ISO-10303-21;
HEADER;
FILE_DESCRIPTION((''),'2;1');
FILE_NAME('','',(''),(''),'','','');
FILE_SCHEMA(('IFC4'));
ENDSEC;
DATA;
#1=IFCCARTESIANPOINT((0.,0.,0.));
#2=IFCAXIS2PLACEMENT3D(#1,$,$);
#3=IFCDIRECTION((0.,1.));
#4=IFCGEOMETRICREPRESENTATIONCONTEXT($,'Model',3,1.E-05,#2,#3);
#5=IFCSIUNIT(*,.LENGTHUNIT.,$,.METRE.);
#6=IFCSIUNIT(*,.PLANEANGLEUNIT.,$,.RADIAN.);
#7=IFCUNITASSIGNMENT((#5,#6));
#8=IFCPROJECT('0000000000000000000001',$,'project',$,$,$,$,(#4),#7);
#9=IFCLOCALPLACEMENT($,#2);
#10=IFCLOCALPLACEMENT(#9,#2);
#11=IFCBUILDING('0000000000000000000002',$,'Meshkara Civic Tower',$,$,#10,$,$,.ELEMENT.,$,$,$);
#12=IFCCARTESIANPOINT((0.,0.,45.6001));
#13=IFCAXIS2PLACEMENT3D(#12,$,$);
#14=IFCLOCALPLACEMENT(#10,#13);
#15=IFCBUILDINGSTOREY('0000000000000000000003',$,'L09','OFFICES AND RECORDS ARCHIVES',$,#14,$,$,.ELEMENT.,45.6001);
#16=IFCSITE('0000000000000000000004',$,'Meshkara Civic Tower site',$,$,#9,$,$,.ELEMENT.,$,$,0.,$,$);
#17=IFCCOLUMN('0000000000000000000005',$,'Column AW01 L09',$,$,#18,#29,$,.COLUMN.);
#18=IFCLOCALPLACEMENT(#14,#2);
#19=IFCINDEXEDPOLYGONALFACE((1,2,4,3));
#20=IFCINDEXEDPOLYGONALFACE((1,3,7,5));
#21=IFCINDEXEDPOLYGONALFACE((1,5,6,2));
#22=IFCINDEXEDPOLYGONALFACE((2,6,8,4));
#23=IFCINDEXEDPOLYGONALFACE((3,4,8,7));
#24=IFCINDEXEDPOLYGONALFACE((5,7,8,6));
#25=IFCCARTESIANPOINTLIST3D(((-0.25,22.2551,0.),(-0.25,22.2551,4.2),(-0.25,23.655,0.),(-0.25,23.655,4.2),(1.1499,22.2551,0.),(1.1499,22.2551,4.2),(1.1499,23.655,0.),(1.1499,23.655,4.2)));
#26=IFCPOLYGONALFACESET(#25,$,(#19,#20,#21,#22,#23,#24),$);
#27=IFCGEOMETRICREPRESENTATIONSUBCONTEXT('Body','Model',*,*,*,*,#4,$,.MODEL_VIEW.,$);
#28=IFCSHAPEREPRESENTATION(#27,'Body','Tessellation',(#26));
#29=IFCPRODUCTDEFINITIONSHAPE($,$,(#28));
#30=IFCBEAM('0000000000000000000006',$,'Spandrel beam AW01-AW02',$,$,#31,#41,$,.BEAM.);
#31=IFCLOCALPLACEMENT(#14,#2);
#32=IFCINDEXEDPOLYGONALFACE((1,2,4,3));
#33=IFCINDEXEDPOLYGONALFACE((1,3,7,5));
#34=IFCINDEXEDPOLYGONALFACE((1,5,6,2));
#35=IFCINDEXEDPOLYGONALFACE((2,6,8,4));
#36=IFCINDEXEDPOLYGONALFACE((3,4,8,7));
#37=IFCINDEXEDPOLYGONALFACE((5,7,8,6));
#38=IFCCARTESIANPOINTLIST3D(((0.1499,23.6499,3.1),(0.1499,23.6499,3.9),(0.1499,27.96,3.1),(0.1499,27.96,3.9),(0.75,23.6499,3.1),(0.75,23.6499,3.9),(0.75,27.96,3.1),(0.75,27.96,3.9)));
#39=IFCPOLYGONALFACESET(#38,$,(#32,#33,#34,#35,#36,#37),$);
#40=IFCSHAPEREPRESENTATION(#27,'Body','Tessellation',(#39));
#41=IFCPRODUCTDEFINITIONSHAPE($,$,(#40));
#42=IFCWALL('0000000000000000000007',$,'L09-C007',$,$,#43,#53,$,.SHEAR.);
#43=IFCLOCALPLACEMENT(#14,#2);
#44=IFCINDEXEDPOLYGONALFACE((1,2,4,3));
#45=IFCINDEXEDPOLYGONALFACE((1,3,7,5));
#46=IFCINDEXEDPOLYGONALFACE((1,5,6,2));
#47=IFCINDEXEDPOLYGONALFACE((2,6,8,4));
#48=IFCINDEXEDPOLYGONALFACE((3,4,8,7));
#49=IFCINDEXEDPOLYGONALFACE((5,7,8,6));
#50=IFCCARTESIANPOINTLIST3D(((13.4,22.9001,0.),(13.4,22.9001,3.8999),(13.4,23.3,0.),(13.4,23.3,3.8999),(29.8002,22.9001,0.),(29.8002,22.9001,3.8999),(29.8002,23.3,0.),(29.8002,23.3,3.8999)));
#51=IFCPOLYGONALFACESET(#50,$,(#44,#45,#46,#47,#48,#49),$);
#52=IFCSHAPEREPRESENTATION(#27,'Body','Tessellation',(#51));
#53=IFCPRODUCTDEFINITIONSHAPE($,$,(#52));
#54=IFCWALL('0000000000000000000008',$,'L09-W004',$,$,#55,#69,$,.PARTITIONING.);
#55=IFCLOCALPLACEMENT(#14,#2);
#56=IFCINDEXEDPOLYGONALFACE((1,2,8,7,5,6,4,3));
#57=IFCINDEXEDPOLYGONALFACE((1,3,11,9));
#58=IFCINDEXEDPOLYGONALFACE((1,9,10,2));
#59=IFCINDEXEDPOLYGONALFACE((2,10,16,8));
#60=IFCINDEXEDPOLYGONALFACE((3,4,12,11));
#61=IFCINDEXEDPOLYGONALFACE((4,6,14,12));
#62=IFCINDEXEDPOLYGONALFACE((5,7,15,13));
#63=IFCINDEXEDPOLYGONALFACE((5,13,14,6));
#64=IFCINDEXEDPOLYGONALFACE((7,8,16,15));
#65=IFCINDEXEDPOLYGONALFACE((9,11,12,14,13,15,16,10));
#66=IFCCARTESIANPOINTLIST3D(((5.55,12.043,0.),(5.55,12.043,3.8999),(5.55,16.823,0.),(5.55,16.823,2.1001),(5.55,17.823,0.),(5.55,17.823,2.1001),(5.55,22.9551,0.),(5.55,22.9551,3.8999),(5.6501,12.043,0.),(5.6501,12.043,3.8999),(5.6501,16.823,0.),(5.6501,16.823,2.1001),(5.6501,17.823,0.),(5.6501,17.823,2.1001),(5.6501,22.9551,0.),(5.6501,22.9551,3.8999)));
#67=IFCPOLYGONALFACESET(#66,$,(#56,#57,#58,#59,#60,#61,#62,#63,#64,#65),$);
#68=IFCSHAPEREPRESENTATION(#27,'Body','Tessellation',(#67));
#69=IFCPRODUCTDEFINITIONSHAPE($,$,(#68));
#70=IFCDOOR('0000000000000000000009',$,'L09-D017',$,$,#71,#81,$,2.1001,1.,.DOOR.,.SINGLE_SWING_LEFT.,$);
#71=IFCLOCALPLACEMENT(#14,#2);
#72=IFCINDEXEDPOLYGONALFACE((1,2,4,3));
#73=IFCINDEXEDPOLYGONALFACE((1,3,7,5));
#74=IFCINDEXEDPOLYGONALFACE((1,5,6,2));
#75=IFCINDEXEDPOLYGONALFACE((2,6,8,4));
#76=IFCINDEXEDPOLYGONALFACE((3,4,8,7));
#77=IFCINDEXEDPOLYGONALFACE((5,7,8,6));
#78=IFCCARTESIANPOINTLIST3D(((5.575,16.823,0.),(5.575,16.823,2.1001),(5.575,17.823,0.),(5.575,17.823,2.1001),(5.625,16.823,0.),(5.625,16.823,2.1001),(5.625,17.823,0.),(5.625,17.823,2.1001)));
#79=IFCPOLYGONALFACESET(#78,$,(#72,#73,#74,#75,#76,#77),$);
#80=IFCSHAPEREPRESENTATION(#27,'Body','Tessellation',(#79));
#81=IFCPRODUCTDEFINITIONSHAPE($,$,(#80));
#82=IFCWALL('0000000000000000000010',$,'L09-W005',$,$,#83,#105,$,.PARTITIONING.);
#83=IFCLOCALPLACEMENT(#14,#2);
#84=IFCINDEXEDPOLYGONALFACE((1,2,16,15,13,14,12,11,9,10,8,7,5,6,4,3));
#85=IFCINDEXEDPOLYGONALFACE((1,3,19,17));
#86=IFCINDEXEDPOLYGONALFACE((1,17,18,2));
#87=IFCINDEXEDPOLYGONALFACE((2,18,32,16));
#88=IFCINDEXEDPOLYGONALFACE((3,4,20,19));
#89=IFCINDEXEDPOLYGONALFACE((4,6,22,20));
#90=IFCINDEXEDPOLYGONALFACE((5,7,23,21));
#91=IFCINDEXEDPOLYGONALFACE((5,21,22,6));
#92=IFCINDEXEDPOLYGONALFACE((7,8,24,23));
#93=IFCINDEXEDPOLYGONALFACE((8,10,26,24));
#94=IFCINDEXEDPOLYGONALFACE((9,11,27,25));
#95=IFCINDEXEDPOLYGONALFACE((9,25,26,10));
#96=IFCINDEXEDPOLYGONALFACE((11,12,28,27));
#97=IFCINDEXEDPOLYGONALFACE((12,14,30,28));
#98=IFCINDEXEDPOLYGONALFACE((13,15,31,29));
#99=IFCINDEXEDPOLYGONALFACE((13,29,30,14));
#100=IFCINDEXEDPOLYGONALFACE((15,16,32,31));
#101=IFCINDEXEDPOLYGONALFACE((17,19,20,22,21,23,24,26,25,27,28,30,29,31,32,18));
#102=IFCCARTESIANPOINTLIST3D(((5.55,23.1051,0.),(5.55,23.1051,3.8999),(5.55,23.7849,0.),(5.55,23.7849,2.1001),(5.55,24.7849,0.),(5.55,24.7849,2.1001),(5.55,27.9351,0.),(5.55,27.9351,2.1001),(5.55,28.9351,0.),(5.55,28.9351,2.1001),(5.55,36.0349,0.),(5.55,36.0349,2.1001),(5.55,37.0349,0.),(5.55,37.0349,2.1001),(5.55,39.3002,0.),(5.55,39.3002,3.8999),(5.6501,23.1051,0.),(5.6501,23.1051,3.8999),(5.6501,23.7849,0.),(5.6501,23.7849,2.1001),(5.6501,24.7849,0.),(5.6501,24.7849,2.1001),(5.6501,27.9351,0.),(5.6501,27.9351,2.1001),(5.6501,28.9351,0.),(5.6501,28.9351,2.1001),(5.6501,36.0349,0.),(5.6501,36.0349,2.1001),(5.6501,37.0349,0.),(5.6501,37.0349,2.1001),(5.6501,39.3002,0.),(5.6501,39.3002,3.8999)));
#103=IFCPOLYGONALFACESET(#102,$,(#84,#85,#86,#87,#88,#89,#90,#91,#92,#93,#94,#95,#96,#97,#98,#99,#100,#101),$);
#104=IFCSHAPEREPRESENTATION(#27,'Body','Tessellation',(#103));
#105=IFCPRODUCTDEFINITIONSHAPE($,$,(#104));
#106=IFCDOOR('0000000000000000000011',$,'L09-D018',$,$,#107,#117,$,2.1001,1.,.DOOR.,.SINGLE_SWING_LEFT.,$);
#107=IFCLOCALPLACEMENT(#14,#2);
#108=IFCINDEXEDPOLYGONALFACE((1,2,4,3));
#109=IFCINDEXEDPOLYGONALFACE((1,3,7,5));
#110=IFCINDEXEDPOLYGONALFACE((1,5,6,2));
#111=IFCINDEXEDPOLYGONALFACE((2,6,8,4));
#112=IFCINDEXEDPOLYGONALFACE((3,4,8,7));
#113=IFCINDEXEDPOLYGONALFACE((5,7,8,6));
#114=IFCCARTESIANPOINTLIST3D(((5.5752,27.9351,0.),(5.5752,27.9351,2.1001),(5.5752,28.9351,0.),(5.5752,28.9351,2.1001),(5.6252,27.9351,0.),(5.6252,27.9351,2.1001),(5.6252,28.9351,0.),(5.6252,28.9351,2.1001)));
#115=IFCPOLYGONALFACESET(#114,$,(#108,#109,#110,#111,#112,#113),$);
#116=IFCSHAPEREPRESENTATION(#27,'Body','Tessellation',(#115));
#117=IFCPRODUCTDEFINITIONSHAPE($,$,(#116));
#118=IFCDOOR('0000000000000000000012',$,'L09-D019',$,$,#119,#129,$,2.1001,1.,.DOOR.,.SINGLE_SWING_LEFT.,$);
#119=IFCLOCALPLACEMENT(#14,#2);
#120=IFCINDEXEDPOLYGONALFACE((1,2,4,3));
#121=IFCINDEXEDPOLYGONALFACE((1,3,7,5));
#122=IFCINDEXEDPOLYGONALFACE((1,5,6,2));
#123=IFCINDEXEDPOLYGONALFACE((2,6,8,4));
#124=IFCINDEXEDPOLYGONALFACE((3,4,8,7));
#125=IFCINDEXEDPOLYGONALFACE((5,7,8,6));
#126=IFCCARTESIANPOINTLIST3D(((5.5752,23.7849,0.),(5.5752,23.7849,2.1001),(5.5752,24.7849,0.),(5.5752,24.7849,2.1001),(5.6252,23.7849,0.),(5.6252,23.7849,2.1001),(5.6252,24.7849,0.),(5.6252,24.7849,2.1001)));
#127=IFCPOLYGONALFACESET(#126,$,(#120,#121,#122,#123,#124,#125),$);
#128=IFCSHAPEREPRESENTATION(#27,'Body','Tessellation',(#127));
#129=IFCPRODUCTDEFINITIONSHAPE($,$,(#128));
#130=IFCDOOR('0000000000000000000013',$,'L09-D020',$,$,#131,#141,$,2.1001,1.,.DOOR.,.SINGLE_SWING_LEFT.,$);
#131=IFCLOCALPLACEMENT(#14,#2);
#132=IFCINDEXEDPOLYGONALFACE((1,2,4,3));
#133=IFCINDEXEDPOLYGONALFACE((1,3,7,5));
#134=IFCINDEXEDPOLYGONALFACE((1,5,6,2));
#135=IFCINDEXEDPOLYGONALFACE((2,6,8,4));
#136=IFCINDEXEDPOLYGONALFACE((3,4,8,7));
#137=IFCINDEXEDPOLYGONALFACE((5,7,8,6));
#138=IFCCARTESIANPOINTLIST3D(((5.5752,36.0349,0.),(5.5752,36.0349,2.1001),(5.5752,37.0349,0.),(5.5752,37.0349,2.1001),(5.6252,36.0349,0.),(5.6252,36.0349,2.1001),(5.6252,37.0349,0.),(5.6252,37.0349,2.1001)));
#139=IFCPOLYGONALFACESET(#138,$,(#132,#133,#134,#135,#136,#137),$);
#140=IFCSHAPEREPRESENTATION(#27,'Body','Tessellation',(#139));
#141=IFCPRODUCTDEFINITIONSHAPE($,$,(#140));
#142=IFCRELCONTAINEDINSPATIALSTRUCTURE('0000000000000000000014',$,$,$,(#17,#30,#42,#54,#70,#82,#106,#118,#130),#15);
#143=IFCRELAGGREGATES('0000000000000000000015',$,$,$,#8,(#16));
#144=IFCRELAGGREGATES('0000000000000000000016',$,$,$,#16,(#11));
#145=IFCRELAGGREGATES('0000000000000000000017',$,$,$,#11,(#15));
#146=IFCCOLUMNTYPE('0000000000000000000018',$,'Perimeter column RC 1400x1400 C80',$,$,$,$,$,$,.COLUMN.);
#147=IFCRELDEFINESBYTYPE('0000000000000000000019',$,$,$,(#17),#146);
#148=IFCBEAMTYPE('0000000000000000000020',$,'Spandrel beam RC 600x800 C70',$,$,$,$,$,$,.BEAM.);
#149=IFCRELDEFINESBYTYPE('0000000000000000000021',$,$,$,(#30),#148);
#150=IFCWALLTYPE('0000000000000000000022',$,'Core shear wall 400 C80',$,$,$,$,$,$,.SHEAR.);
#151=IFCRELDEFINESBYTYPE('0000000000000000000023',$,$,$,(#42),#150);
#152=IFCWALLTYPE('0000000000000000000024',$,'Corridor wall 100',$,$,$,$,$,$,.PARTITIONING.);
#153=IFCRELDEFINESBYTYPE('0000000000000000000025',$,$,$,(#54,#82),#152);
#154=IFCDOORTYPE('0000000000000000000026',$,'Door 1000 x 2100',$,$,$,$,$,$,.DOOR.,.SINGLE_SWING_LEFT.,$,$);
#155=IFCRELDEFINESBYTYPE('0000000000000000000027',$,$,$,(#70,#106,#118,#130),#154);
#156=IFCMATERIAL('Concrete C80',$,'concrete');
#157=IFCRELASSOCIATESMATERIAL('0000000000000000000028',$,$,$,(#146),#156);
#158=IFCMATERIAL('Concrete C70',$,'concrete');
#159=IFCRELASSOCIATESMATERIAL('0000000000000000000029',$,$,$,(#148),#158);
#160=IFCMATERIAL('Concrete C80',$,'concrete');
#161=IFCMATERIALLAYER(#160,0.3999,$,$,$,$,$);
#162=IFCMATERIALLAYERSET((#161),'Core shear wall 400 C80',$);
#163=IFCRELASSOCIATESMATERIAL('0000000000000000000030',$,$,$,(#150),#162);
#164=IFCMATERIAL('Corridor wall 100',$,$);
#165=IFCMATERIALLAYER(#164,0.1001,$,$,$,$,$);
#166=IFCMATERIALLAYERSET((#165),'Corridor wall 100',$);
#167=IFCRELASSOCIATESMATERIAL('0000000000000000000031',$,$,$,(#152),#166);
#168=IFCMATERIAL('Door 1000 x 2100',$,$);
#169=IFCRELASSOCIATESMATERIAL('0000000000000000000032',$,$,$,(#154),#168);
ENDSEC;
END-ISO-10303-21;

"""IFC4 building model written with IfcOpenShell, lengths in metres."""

from ifc_helpers import new_model, si_unit, direction, frame, frame_2d, origin, origin_2d, place, context, subcontext, project, spatial, rectangle, extrude, material, layer, layer_set, material_profile, profile_set, type_object, element, fill, save


model = new_model("IFC4")

# Units and contexts
model_context = context("Model", 3, precision=1e-05, world=origin(), true_north=direction((0.0, 1.0)))
body_context = subcontext(model_context, "Body", "Model", "MODEL_VIEW")
ifc_project = project(units=[si_unit("LENGTHUNIT", "METRE"), si_unit("PLANEANGLEUNIT", "RADIAN")], contexts=[model_context])

# Site, building, storey
site_placement = place(None, origin())
site = spatial("IfcSite", under=ifc_project, at=site_placement, Name="Meshkara Civic Tower site", CompositionType="ELEMENT", RefElevation=0.0)
building_placement = place(site_placement, origin())
building = spatial("IfcBuilding", under=site, at=building_placement, Name="Meshkara Civic Tower", CompositionType="ELEMENT")
storey_placement = place(building_placement, frame((0.0, 0.0, 45.6001)))
storey = spatial("IfcBuildingStorey", under=building, at=storey_placement, Name="L09", Description="OFFICES AND RECORDS ARCHIVES", CompositionType="ELEMENT", Elevation=45.6001)

# Column
ifc_material_1 = material(Name="Concrete C80", Category="concrete")
ifc_material_profile_1 = material_profile(ifc_material_1, rectangle(XDim=1.3999, YDim=1.3999, at=origin_2d()))
ifc_profile_set_1 = profile_set([ifc_material_profile_1], Name="Concrete C80")
column_type = type_object("IfcColumnType", Name="Perimeter column RC 1400x1400 C80", PredefinedType="COLUMN", material=ifc_profile_set_1)
column_placement = place(storey_placement, frame((0.45, 22.9551, 0.0), z_axis=(0.0, 0.0, 1.0), x_axis=(1.0, 0.0, 0.0)))
element("IfcColumn", 1, at=column_placement, inside=storey, type_object=column_type, Name="Column AW01 L09", PredefinedType="COLUMN", context=body_context, shape_type="SweptSolid", body=[
    extrude(rectangle(XDim=1.3999, YDim=1.3999, at=origin_2d()), origin(), (0.0, 0.0, 1.0), 4.2),
])

# Beam
ifc_material_2 = material(Name="Concrete C70", Category="concrete")
ifc_material_profile_2 = material_profile(ifc_material_2, rectangle(XDim=0.6001, YDim=0.8, at=origin_2d()))
ifc_profile_set_2 = profile_set([ifc_material_profile_2], Name="Concrete C70")
beam_type = type_object("IfcBeamType", Name="Spandrel beam RC 600x800 C70", PredefinedType="BEAM", material=ifc_profile_set_2)
beam_placement = place(storey_placement, frame((0.45, 27.96, 3.5), z_axis=(0.0, -1.0, 0.0), x_axis=(1.0, 0.0, 0.0)))
element("IfcBeam", 2, at=beam_placement, inside=storey, type_object=beam_type, Name="Spandrel beam AW01-AW02", PredefinedType="BEAM", context=body_context, shape_type="SweptSolid", body=[
    extrude(rectangle(XDim=0.6001, YDim=0.8, at=origin_2d()), origin(), (0.0, 0.0, 1.0), 4.3101),
])

# Wall
ifc_material_3 = material(Name="Concrete C80", Category="concrete")
ifc_layer_1 = layer(ifc_material_3, 0.3999)
ifc_layer_set_1 = layer_set([ifc_layer_1], Name="Core shear wall 400 C80")
wall_type_1 = type_object("IfcWallType", Name="Core shear wall 400 C80", PredefinedType="SHEAR", material=ifc_layer_set_1)
wall_1_placement = place(storey_placement, frame((13.3999, 23.1001, 0.0), z_axis=(0.0, 0.0, 1.0), x_axis=(1.0, 0.0, 0.0)))
element("IfcWall", 3, at=wall_1_placement, inside=storey, type_object=wall_type_1, Name="L09-C007", PredefinedType="SHEAR", context=body_context, shape_type="SweptSolid", body=[
    extrude(rectangle(XDim=16.4001, YDim=0.3999, at=frame_2d((8.2002, 0.0))), origin(), (0.0, 0.0, 1.0), 3.8999),
])

# Wall, opening, door
ifc_material_4 = material(Name="Corridor wall 100")
ifc_layer_2 = layer(ifc_material_4, 0.1001)
ifc_layer_set_2 = layer_set([ifc_layer_2], Name="Corridor wall 100")
wall_type_2 = type_object("IfcWallType", Name="Corridor wall 100", PredefinedType="PARTITIONING", material=ifc_layer_set_2)
wall_2_placement = place(storey_placement, frame((5.6001, 22.9551, 0.0), z_axis=(0.0, 0.0, 1.0), x_axis=(0.0, -1.0, 0.0)))
wall_2 = element("IfcWall", 4, at=wall_2_placement, inside=storey, type_object=wall_type_2, Name="L09-W004", PredefinedType="PARTITIONING", context=body_context, shape_type="SweptSolid", body=[
    extrude(rectangle(XDim=10.9121, YDim=0.1001, at=frame_2d((5.4561, 0.0))), origin(), (0.0, 0.0, 1.0), 3.8999),
])
opening_1_placement = place(wall_2_placement, frame((5.1321, 0.0, 0.0)))
opening_1 = element("IfcOpeningElement", 5, at=opening_1_placement, cuts=wall_2, PredefinedType="OPENING", context=body_context, shape_type="SweptSolid", body=[
    extrude(rectangle(XDim=1.0, YDim=2.1001, at=frame_2d((0.5, 1.05))), frame((0.0, 0.0601, 0.0), z_axis=(0.0, -1.0, 0.0), x_axis=(1.0, 0.0, 0.0)), (0.0, 0.0, 1.0), 0.1201),
])
ifc_material_5 = material(Name="Door 1000 x 2100")
door_type_1 = type_object("IfcDoorType", Name="Door 1000 x 2100", OperationType="SINGLE_SWING_LEFT", PredefinedType="DOOR", material=ifc_material_5)
door_1_placement = place(opening_1_placement, origin())
door_1 = element("IfcDoor", 6, at=door_1_placement, inside=storey, type_object=door_type_1, Name="L09-D017", OperationType="SINGLE_SWING_LEFT", OverallHeight=2.1001, OverallWidth=1.0, PredefinedType="DOOR", context=body_context, shape_type="SweptSolid", body=[
    extrude(rectangle(XDim=1.0, YDim=2.1001, at=frame_2d((0.5, 1.05))), frame((0.0, 0.0249, 0.0), z_axis=(0.0, -1.0, 0.0), x_axis=(1.0, 0.0, 0.0)), (0.0, 0.0, 1.0), 0.05),
])
fill(opening_1, door_1)

# Wall, openings, doors
wall_3_placement = place(storey_placement, frame((5.6001, 23.105, 0.0), z_axis=(0.0, 0.0, 1.0), x_axis=(0.0, 1.0, 0.0)))
wall_3 = element("IfcWall", 7, at=wall_3_placement, inside=storey, type_object=wall_type_2, Name="L09-W005", PredefinedType="PARTITIONING", context=body_context, shape_type="SweptSolid", body=[
    extrude(rectangle(XDim=16.1951, YDim=0.1001, at=frame_2d((8.0977, 0.0))), origin(), (0.0, 0.0, 1.0), 3.8999),
])
opening_2_placement = place(wall_3_placement, frame((4.8301, 0.0, 0.0)))
opening_2 = element("IfcOpeningElement", 8, at=opening_2_placement, cuts=wall_3, PredefinedType="OPENING", context=body_context, shape_type="SweptSolid", body=[
    extrude(rectangle(XDim=1.0, YDim=2.1001, at=frame_2d((0.5, 1.05))), frame((0.0, 0.0601, 0.0), z_axis=(0.0, -1.0, 0.0), x_axis=(1.0, 0.0, 0.0)), (0.0, 0.0, 1.0), 0.1201),
])
opening_3_placement = place(wall_3_placement, frame((0.6799, 0.0, 0.0)))
opening_3 = element("IfcOpeningElement", 9, at=opening_3_placement, cuts=wall_3, PredefinedType="OPENING", context=body_context, shape_type="SweptSolid", body=[
    extrude(rectangle(XDim=1.0, YDim=2.1001, at=frame_2d((0.5, 1.05))), frame((0.0, 0.0601, 0.0), z_axis=(0.0, -1.0, 0.0), x_axis=(1.0, 0.0, 0.0)), (0.0, 0.0, 1.0), 0.1201),
])
opening_4_placement = place(wall_3_placement, frame((12.9299, 0.0, 0.0)))
opening_4 = element("IfcOpeningElement", 10, at=opening_4_placement, cuts=wall_3, PredefinedType="OPENING", context=body_context, shape_type="SweptSolid", body=[
    extrude(rectangle(XDim=1.0, YDim=2.1001, at=frame_2d((0.5, 1.05))), frame((0.0, 0.0601, 0.0), z_axis=(0.0, -1.0, 0.0), x_axis=(1.0, 0.0, 0.0)), (0.0, 0.0, 1.0), 0.1201),
])
door_2_placement = place(opening_2_placement, origin())
door_2 = element("IfcDoor", 11, at=door_2_placement, inside=storey, type_object=door_type_1, Name="L09-D018", OperationType="SINGLE_SWING_LEFT", OverallHeight=2.1001, OverallWidth=1.0, PredefinedType="DOOR", context=body_context, shape_type="SweptSolid", body=[
    extrude(rectangle(XDim=1.0, YDim=2.1001, at=frame_2d((0.5, 1.05))), frame((0.0, 0.0249, 0.0), z_axis=(0.0, -1.0, 0.0), x_axis=(1.0, 0.0, 0.0)), (0.0, 0.0, 1.0), 0.05),
])
fill(opening_2, door_2)
door_3_placement = place(opening_3_placement, origin())
door_3 = element("IfcDoor", 12, at=door_3_placement, inside=storey, type_object=door_type_1, Name="L09-D019", OperationType="SINGLE_SWING_LEFT", OverallHeight=2.1001, OverallWidth=1.0, PredefinedType="DOOR", context=body_context, shape_type="SweptSolid", body=[
    extrude(rectangle(XDim=1.0, YDim=2.1001, at=frame_2d((0.5, 1.05))), frame((0.0, 0.0249, 0.0), z_axis=(0.0, -1.0, 0.0), x_axis=(1.0, 0.0, 0.0)), (0.0, 0.0, 1.0), 0.05),
])
fill(opening_3, door_3)
door_4_placement = place(opening_4_placement, origin())
door_4 = element("IfcDoor", 13, at=door_4_placement, inside=storey, type_object=door_type_1, Name="L09-D020", OperationType="SINGLE_SWING_LEFT", OverallHeight=2.1001, OverallWidth=1.0, PredefinedType="DOOR", context=body_context, shape_type="SweptSolid", body=[
    extrude(rectangle(XDim=1.0, YDim=2.1001, at=frame_2d((0.5, 1.05))), frame((0.0, 0.0249, 0.0), z_axis=(0.0, -1.0, 0.0), x_axis=(1.0, 0.0, 0.0)), (0.0, 0.0, 1.0), 0.05),
])
fill(opening_4, door_4)

save(model, "model.ifc")
